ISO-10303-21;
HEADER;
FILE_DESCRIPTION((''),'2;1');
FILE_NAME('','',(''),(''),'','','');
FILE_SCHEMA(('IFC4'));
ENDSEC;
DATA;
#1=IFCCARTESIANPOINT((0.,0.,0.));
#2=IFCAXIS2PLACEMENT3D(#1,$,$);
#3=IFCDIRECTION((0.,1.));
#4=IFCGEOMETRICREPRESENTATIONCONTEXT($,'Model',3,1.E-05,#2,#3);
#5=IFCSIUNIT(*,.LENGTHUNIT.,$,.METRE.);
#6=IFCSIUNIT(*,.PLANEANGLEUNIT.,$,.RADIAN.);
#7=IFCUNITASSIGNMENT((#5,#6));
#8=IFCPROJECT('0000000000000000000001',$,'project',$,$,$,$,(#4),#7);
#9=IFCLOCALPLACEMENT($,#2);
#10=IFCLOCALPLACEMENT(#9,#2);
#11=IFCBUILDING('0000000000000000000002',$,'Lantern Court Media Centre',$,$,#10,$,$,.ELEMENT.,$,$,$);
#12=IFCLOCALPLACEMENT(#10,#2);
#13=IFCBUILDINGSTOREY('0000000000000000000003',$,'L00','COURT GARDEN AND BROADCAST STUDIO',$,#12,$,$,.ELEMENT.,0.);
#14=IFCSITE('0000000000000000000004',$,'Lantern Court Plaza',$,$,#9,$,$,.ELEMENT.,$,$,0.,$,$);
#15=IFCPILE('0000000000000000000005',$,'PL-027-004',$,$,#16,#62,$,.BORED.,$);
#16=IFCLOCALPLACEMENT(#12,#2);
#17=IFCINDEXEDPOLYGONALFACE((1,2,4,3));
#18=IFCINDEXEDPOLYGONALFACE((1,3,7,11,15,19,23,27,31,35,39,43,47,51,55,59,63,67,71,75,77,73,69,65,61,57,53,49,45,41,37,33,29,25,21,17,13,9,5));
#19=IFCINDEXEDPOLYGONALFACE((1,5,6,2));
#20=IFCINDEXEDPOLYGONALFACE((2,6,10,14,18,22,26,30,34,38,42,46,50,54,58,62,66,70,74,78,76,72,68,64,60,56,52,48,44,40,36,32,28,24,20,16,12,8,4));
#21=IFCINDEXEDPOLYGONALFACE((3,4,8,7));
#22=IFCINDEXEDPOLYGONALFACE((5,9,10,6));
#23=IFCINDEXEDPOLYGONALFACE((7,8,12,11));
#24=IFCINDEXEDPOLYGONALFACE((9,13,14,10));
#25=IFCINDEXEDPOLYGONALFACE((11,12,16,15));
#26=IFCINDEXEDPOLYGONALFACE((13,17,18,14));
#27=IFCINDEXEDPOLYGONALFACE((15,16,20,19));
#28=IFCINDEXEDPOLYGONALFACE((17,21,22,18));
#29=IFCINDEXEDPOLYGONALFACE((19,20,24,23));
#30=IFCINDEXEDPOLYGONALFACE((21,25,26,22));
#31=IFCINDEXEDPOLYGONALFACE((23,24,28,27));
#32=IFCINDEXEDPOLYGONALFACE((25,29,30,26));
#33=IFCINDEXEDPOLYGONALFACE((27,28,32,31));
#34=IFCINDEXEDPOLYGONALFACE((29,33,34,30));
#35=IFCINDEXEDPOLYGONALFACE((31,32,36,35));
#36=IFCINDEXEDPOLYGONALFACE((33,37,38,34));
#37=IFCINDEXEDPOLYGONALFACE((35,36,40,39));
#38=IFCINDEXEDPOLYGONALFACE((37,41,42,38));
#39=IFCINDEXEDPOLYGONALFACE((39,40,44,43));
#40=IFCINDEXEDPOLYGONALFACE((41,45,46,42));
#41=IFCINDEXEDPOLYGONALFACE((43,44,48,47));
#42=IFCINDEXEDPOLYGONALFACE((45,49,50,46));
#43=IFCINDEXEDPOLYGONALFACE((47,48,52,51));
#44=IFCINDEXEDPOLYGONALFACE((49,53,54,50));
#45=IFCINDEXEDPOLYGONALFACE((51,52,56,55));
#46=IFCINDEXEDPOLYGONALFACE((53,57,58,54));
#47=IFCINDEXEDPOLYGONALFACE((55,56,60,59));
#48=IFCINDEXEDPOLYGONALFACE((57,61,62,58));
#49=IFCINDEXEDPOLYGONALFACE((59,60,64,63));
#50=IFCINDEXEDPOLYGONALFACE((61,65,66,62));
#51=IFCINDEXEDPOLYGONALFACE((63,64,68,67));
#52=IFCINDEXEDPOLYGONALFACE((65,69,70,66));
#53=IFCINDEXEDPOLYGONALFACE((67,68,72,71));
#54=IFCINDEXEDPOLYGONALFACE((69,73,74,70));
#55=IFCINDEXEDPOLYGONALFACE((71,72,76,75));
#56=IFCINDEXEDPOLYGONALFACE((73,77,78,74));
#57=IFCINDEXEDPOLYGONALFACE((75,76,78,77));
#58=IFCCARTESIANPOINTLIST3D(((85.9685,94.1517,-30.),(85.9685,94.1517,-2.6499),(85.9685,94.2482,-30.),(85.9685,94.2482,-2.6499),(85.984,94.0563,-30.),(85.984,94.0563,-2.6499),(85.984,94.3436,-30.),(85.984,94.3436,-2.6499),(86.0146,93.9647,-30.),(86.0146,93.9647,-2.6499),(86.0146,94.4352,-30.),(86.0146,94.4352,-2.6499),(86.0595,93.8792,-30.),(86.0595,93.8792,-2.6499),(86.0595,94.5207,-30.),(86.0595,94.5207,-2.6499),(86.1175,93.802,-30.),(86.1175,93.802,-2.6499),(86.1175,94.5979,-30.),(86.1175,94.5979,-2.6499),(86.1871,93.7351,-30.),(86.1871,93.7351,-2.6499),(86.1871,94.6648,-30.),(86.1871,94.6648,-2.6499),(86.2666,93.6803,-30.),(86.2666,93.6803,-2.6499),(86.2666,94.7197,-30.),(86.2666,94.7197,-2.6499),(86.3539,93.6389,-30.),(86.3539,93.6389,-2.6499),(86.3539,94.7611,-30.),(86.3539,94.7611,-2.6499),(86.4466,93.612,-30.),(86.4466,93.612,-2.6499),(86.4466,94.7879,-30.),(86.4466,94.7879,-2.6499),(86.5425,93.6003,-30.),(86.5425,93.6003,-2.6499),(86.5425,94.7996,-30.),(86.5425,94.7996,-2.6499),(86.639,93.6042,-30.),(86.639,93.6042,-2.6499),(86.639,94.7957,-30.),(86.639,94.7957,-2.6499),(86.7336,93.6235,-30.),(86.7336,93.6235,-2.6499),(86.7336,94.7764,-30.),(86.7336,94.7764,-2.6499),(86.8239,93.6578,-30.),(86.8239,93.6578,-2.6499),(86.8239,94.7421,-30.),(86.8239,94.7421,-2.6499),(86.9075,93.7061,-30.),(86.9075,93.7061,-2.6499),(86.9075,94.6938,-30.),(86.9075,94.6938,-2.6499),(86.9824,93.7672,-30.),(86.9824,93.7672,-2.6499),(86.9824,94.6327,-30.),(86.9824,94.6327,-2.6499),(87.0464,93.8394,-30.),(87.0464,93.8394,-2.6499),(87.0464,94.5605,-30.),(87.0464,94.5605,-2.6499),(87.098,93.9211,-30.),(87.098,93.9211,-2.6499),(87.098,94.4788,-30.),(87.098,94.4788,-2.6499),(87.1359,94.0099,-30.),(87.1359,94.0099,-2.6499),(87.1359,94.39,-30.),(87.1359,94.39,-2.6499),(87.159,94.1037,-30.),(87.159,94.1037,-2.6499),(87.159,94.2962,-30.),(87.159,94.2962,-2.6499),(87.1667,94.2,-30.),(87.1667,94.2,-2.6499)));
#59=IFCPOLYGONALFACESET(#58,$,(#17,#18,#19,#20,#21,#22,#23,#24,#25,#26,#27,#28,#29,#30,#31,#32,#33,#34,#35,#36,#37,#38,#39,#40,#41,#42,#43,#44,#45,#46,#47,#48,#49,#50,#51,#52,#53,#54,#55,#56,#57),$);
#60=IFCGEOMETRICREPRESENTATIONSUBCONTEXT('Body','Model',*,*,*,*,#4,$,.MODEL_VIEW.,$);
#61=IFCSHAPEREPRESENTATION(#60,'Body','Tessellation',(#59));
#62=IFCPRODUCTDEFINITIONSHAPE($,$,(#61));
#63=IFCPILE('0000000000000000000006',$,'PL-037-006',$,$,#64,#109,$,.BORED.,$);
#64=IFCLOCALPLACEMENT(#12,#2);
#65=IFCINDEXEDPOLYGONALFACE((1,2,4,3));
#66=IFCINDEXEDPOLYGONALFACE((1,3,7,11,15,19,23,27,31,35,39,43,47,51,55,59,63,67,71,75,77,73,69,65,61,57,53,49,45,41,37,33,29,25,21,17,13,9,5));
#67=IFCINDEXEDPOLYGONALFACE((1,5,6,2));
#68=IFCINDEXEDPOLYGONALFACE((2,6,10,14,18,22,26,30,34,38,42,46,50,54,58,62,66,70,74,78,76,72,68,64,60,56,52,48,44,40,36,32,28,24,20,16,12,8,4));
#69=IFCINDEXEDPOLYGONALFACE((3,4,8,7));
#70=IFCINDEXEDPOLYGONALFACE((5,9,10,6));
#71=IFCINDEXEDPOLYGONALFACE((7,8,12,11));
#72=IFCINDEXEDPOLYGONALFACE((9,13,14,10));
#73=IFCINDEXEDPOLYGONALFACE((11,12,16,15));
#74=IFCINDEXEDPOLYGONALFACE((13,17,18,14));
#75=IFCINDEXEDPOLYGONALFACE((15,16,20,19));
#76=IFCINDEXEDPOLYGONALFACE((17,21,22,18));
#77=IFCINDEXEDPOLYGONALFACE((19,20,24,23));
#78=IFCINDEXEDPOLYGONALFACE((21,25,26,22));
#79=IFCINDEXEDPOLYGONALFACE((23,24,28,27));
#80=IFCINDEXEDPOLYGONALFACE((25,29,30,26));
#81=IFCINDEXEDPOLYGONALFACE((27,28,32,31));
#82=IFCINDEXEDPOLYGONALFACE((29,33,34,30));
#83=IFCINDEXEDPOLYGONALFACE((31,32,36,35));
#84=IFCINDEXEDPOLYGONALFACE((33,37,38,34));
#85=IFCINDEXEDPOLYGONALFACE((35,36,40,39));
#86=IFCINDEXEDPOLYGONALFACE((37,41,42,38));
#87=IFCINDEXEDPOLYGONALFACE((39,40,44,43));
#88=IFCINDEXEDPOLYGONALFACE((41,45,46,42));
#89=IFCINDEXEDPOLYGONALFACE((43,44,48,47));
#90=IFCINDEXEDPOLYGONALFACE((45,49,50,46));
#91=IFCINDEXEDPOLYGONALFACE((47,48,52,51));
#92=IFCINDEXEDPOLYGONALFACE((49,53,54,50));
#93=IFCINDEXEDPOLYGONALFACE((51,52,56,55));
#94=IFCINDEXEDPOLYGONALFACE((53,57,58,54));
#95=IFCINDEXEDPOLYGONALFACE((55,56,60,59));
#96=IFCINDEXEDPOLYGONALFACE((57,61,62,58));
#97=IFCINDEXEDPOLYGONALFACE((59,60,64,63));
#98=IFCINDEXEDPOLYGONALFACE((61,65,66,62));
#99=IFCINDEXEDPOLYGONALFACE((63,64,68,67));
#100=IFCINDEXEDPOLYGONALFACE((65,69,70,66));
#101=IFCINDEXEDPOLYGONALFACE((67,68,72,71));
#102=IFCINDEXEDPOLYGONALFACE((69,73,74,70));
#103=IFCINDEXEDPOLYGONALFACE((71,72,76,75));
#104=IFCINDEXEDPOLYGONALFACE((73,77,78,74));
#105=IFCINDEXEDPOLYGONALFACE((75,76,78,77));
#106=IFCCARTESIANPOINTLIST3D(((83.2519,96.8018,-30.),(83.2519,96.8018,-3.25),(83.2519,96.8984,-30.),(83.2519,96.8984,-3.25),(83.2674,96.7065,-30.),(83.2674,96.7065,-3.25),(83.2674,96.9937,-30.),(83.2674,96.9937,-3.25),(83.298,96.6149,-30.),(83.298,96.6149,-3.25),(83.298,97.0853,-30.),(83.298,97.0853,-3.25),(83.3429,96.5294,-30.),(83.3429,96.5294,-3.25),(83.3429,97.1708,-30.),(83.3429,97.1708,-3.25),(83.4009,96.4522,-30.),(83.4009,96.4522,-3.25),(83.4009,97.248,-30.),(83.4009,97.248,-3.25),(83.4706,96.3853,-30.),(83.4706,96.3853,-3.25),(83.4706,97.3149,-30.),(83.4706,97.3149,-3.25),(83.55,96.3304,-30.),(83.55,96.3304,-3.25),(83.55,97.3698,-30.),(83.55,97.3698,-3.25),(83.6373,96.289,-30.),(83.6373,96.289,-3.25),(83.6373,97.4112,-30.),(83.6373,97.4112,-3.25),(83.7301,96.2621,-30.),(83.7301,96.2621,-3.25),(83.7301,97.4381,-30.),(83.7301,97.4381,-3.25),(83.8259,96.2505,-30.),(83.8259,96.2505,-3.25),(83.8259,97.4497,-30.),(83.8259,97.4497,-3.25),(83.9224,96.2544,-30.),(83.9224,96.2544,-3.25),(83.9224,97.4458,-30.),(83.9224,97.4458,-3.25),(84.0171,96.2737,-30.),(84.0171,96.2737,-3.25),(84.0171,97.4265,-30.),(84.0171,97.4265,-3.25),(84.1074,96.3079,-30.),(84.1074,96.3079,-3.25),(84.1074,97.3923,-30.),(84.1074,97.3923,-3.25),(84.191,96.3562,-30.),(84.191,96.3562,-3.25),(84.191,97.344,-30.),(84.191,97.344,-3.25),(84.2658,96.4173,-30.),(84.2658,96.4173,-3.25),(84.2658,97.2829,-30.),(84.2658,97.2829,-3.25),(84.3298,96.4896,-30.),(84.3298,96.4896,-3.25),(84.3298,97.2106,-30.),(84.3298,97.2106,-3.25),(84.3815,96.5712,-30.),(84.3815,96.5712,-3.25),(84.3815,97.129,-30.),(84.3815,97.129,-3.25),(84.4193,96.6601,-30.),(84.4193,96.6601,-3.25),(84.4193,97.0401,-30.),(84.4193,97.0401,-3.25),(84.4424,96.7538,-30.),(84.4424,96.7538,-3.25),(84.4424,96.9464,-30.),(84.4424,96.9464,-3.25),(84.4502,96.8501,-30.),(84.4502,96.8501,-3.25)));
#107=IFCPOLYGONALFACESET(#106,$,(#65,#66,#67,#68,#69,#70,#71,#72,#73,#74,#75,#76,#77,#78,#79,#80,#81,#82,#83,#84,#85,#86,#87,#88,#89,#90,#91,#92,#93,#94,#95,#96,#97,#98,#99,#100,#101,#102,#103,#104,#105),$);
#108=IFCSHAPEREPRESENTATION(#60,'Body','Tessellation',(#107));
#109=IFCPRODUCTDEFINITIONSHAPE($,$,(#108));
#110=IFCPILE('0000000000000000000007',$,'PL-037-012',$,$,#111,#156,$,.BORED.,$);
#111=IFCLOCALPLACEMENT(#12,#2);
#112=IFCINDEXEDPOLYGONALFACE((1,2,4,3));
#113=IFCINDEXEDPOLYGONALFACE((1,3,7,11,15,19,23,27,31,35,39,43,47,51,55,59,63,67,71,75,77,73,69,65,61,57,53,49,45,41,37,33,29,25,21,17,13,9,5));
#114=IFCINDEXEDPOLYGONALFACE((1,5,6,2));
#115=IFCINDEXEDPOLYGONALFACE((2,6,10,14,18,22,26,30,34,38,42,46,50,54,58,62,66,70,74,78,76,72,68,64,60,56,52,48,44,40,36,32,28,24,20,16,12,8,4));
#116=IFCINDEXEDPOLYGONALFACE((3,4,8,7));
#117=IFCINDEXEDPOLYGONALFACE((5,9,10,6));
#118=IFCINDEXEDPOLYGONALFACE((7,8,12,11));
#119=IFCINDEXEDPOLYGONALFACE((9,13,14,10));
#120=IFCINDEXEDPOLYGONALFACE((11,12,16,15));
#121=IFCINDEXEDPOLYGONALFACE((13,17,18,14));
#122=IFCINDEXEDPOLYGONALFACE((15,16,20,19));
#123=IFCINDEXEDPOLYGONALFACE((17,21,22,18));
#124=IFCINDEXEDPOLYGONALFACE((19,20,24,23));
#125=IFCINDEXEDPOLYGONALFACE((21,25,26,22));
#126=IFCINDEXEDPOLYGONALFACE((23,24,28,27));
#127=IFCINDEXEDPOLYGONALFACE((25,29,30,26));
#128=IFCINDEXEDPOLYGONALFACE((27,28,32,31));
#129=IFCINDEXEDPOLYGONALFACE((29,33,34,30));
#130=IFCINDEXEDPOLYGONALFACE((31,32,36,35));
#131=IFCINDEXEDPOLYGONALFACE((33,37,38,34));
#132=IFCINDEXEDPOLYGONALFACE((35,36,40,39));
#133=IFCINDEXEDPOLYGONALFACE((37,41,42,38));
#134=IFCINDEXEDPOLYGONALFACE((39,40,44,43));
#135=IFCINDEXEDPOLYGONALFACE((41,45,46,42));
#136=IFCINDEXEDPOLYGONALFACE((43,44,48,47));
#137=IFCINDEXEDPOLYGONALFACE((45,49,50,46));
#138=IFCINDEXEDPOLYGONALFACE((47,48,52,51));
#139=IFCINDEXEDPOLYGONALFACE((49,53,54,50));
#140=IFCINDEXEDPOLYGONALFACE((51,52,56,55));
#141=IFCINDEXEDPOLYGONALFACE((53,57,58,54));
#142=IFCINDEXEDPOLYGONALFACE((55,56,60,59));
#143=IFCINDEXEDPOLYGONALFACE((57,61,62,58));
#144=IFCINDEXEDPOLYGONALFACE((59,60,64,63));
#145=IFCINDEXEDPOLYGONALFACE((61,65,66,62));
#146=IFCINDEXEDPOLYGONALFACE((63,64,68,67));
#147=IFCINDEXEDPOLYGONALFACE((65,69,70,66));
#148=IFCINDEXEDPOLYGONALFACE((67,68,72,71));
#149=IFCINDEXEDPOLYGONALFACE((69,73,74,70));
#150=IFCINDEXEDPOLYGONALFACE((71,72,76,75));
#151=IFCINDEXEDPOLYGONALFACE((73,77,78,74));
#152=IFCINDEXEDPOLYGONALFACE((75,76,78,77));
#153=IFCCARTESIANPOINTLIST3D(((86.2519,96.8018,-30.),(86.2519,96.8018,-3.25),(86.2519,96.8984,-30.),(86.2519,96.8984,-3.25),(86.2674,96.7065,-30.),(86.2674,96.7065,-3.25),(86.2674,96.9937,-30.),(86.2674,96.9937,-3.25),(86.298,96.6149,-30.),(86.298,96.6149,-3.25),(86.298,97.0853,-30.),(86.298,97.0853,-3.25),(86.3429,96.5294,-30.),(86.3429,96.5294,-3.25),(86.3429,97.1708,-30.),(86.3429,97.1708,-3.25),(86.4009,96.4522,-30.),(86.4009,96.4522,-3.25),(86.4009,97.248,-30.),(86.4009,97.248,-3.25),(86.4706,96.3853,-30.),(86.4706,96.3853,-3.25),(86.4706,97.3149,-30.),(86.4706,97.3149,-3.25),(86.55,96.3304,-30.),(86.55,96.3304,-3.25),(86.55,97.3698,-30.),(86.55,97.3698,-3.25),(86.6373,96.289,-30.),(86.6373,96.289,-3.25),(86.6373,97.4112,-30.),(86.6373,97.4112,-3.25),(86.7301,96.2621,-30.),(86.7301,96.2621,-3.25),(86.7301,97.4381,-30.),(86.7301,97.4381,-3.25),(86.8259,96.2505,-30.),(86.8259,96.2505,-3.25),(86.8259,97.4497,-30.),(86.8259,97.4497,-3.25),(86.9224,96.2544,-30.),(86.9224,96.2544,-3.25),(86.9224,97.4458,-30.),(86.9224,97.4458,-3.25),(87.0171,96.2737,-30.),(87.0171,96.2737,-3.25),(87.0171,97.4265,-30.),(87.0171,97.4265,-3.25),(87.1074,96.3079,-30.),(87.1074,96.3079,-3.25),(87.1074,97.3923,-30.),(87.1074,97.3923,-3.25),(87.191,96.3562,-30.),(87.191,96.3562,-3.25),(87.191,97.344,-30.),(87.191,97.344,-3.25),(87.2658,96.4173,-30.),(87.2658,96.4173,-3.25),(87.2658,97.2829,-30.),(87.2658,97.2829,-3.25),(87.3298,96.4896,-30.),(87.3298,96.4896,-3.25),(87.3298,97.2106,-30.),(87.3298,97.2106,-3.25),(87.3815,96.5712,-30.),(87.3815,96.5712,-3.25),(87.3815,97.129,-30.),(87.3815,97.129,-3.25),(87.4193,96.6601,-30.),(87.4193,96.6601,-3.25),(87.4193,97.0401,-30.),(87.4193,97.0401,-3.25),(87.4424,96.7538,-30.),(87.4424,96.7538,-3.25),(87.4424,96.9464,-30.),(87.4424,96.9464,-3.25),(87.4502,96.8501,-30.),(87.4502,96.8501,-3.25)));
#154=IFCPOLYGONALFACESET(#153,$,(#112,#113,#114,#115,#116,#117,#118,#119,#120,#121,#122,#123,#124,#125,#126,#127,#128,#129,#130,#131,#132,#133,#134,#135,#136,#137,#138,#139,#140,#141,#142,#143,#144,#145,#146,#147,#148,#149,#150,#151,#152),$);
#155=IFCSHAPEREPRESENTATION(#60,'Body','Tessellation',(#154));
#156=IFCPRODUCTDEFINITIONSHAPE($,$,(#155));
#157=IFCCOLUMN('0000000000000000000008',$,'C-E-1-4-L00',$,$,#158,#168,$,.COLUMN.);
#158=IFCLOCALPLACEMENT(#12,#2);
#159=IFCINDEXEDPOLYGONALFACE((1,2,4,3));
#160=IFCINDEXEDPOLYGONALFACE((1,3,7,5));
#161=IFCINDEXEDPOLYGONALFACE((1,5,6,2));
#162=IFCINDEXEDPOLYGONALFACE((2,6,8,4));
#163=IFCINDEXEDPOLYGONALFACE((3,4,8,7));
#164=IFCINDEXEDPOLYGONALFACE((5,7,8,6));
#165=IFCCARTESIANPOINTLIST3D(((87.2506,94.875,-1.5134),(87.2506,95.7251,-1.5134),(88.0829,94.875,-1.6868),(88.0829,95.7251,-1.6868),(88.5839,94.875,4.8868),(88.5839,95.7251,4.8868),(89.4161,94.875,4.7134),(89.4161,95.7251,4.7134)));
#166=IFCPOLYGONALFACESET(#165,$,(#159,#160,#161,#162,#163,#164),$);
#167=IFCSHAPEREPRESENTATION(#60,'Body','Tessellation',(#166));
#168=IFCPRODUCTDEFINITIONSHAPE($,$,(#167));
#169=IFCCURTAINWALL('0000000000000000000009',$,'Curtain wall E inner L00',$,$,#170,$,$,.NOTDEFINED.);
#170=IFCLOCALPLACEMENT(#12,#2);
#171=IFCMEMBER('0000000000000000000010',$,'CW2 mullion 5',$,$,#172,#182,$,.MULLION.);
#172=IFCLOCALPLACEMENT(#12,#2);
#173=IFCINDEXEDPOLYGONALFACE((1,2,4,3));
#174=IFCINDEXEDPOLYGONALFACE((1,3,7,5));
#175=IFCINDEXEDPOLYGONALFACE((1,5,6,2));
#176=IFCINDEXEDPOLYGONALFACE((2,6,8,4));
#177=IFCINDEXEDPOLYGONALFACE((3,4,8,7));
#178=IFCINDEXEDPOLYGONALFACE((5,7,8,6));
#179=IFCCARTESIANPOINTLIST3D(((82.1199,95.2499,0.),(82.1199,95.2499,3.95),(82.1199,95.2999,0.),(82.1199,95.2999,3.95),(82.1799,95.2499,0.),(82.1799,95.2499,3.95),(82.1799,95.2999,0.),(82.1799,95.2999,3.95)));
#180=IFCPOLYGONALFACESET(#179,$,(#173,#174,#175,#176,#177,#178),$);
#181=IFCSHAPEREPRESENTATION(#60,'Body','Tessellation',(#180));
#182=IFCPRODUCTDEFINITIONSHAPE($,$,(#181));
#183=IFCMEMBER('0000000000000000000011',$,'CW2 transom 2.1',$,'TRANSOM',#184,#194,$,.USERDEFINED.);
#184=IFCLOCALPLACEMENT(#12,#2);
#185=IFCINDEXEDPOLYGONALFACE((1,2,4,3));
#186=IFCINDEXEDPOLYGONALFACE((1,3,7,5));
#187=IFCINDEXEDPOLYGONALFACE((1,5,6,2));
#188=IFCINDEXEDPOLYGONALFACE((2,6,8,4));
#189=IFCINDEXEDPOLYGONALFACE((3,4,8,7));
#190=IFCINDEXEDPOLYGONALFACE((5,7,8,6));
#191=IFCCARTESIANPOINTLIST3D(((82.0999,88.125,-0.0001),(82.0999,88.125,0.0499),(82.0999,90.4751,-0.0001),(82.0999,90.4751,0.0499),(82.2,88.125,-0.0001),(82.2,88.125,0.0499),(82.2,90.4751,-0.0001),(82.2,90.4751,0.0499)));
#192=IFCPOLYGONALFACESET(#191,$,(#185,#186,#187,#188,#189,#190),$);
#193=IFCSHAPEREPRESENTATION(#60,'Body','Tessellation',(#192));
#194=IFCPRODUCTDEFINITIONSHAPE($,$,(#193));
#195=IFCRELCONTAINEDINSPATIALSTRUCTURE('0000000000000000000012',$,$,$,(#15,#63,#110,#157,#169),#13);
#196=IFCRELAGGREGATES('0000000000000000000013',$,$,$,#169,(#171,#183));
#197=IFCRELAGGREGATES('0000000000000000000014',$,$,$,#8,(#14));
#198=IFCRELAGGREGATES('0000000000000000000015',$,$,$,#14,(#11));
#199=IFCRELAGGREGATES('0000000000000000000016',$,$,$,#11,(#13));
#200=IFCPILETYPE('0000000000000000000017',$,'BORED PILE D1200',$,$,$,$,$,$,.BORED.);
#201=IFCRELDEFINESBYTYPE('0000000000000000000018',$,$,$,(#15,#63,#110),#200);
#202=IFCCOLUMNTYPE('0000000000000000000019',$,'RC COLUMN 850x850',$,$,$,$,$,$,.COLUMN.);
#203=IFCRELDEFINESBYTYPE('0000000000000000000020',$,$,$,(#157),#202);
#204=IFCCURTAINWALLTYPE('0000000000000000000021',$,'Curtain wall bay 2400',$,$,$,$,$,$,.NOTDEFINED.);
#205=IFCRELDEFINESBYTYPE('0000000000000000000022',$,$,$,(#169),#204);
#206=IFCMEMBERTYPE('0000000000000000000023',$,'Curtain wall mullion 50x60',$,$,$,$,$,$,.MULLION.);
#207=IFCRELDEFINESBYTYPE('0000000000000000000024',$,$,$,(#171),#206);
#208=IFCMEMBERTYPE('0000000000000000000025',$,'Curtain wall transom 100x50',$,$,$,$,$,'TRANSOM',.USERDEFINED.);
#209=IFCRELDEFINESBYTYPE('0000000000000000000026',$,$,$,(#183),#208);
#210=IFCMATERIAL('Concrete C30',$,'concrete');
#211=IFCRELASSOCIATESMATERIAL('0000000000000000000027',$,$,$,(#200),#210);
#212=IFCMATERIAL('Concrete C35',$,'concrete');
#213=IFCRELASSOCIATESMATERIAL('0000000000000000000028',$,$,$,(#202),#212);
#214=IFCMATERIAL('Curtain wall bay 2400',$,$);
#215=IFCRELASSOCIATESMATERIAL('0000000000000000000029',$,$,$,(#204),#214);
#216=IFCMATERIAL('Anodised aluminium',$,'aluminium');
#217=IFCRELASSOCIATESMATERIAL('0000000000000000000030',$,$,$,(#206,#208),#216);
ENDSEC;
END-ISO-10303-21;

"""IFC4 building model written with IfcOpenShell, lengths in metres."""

from ifc_helpers import new_model, si_unit, direction, frame, origin, origin_2d, place, context, subcontext, project, spatial, rectangle, circle, extrude, material, material_profile, profile_set, type_object, element, aggregate, save


model = new_model("IFC4")

# Units and contexts
model_context = context("Model", 3, precision=1e-05, world=origin(), true_north=direction((0.0, 1.0)))
body_context = subcontext(model_context, "Body", "Model", "MODEL_VIEW")
ifc_project = project(units=[si_unit("LENGTHUNIT", "METRE"), si_unit("PLANEANGLEUNIT", "RADIAN")], contexts=[model_context])

# Site, building, storey
site_placement = place(None, origin())
site = spatial("IfcSite", under=ifc_project, at=site_placement, Name="Lantern Court Plaza", CompositionType="ELEMENT", RefElevation=0.0)
building_placement = place(site_placement, origin())
building = spatial("IfcBuilding", under=site, at=building_placement, Name="Lantern Court Media Centre", CompositionType="ELEMENT")
storey_placement = place(building_placement, origin())
storey = spatial("IfcBuildingStorey", under=building, at=storey_placement, Name="L00", Description="COURT GARDEN AND BROADCAST STUDIO", CompositionType="ELEMENT", Elevation=0.0)

# Piles
ifc_material_1 = material(Name="Concrete C30", Category="concrete")
ifc_material_profile_1 = material_profile(ifc_material_1, circle(Radius=0.6001, at=origin_2d()), Name="D1200")
ifc_profile_set_1 = profile_set([ifc_material_profile_1], Name="Concrete C30")
pile_type = type_object("IfcPileType", Name="BORED PILE D1200", PredefinedType="BORED", material=ifc_profile_set_1)
pile_placement = place(storey_placement, frame((86.5667, 94.2, -2.6499), z_axis=(0.0, 0.0, -1.0), x_axis=(1.0, 0.0, 0.0)))
element("IfcPile", 1, at=pile_placement, inside=storey, type_object=pile_type, Name="PL-027-004", PredefinedType="BORED", context=body_context, shape_type="SweptSolid", body=[
    extrude(circle(Radius=0.6001, at=origin_2d()), origin(), (0.0, 0.0, 1.0), 27.3501),
])
for number, where, z_axis, x_axis, name in (
    (2, (83.8501, 96.8501, -3.25), (0.0, 0.0, -1.0), (1.0, 0.0, 0.0), "PL-037-006"),
    (3, (86.8501, 96.8501, -3.25), (0.0, 0.0, -1.0), (1.0, 0.0, 0.0), "PL-037-012"),
):
    element("IfcPile", number, at=place(storey_placement, frame(where, z_axis=z_axis, x_axis=x_axis)), inside=storey, type_object=pile_type, Name=name, PredefinedType="BORED", context=body_context, shape_type="SweptSolid", body=[
        extrude(circle(Radius=0.6001, at=origin_2d()), origin(), (0.0, 0.0, 1.0), 26.75),
    ])

# Column
ifc_material_2 = material(Name="Concrete C35", Category="concrete")
ifc_material_profile_2 = material_profile(ifc_material_2, rectangle(XDim=0.8501, YDim=0.8501, at=origin_2d()), Name="RC 850x850")
ifc_profile_set_2 = profile_set([ifc_material_profile_2], Name="Concrete C35")
column_type = type_object("IfcColumnType", Name="RC COLUMN 850x850", PredefinedType="COLUMN", material=ifc_profile_set_2)
column_placement = place(storey_placement, frame((87.6667, 95.3, -1.6001), z_axis=(0.203938, 0.0, 0.978984), x_axis=(0.0, 1.0, 0.0)))
element("IfcColumn", 4, at=column_placement, inside=storey, type_object=column_type, Name="C-E-1-4-L00", PredefinedType="COLUMN", context=body_context, shape_type="SweptSolid", body=[
    extrude(rectangle(XDim=0.8501, YDim=0.8501, at=origin_2d()), origin(), (0.0, 0.0, 1.0), 6.5376),
])

# Curtain wall, members
ifc_material_3 = material(Name="Curtain wall bay 2400")
curtain_wall_type = type_object("IfcCurtainWallType", Name="Curtain wall bay 2400", PredefinedType="NOTDEFINED", material=ifc_material_3)
curtain_wall_placement = place(storey_placement, origin())
curtain_wall = element("IfcCurtainWall", 5, at=curtain_wall_placement, inside=storey, type_object=curtain_wall_type, Name="Curtain wall E inner L00", PredefinedType="NOTDEFINED")
ifc_material_4 = material(Name="Anodised aluminium", Category="aluminium")
ifc_material_profile_3 = material_profile(ifc_material_4, rectangle(XDim=0.0601, YDim=0.05, at=origin_2d()), Name="AL 50x60")
ifc_profile_set_3 = profile_set([ifc_material_profile_3], Name="Anodised aluminium")
member_type_1 = type_object("IfcMemberType", Name="Curtain wall mullion 50x60", PredefinedType="MULLION", material=ifc_profile_set_3)
member_1_placement = place(storey_placement, frame((82.1499, 95.2749, 0.0), z_axis=(0.0, 0.0, 1.0), x_axis=(-1.0, 0.0, 0.0)))
member_1 = element("IfcMember", 6, at=member_1_placement, type_object=member_type_1, Name="CW2 mullion 5", PredefinedType="MULLION", context=body_context, shape_type="SweptSolid", body=[
    extrude(rectangle(XDim=0.0601, YDim=0.05, at=origin_2d()), origin(), (0.0, 0.0, 1.0), 3.95),
])
ifc_material_profile_4 = material_profile(ifc_material_4, rectangle(XDim=0.1001, YDim=0.05, at=origin_2d()), Name="AL 50x100")
ifc_profile_set_4 = profile_set([ifc_material_profile_4], Name="Anodised aluminium")
member_type_2 = type_object("IfcMemberType", Name="Curtain wall transom 100x50", ElementType="TRANSOM", PredefinedType="USERDEFINED", material=ifc_profile_set_4)
member_2_placement = place(storey_placement, frame((82.1499, 88.125, 0.0249), z_axis=(0.0, 1.0, 0.0), x_axis=(-1.0, 0.0, 0.0)))
member_2 = element("IfcMember", 7, at=member_2_placement, type_object=member_type_2, Name="CW2 transom 2.1", ObjectType="TRANSOM", PredefinedType="USERDEFINED", context=body_context, shape_type="SweptSolid", body=[
    extrude(rectangle(XDim=0.1001, YDim=0.05, at=origin_2d()), origin(), (0.0, 0.0, 1.0), 2.3501),
])

aggregate(curtain_wall, [member_1, member_2])

save(model, "model.ifc")
